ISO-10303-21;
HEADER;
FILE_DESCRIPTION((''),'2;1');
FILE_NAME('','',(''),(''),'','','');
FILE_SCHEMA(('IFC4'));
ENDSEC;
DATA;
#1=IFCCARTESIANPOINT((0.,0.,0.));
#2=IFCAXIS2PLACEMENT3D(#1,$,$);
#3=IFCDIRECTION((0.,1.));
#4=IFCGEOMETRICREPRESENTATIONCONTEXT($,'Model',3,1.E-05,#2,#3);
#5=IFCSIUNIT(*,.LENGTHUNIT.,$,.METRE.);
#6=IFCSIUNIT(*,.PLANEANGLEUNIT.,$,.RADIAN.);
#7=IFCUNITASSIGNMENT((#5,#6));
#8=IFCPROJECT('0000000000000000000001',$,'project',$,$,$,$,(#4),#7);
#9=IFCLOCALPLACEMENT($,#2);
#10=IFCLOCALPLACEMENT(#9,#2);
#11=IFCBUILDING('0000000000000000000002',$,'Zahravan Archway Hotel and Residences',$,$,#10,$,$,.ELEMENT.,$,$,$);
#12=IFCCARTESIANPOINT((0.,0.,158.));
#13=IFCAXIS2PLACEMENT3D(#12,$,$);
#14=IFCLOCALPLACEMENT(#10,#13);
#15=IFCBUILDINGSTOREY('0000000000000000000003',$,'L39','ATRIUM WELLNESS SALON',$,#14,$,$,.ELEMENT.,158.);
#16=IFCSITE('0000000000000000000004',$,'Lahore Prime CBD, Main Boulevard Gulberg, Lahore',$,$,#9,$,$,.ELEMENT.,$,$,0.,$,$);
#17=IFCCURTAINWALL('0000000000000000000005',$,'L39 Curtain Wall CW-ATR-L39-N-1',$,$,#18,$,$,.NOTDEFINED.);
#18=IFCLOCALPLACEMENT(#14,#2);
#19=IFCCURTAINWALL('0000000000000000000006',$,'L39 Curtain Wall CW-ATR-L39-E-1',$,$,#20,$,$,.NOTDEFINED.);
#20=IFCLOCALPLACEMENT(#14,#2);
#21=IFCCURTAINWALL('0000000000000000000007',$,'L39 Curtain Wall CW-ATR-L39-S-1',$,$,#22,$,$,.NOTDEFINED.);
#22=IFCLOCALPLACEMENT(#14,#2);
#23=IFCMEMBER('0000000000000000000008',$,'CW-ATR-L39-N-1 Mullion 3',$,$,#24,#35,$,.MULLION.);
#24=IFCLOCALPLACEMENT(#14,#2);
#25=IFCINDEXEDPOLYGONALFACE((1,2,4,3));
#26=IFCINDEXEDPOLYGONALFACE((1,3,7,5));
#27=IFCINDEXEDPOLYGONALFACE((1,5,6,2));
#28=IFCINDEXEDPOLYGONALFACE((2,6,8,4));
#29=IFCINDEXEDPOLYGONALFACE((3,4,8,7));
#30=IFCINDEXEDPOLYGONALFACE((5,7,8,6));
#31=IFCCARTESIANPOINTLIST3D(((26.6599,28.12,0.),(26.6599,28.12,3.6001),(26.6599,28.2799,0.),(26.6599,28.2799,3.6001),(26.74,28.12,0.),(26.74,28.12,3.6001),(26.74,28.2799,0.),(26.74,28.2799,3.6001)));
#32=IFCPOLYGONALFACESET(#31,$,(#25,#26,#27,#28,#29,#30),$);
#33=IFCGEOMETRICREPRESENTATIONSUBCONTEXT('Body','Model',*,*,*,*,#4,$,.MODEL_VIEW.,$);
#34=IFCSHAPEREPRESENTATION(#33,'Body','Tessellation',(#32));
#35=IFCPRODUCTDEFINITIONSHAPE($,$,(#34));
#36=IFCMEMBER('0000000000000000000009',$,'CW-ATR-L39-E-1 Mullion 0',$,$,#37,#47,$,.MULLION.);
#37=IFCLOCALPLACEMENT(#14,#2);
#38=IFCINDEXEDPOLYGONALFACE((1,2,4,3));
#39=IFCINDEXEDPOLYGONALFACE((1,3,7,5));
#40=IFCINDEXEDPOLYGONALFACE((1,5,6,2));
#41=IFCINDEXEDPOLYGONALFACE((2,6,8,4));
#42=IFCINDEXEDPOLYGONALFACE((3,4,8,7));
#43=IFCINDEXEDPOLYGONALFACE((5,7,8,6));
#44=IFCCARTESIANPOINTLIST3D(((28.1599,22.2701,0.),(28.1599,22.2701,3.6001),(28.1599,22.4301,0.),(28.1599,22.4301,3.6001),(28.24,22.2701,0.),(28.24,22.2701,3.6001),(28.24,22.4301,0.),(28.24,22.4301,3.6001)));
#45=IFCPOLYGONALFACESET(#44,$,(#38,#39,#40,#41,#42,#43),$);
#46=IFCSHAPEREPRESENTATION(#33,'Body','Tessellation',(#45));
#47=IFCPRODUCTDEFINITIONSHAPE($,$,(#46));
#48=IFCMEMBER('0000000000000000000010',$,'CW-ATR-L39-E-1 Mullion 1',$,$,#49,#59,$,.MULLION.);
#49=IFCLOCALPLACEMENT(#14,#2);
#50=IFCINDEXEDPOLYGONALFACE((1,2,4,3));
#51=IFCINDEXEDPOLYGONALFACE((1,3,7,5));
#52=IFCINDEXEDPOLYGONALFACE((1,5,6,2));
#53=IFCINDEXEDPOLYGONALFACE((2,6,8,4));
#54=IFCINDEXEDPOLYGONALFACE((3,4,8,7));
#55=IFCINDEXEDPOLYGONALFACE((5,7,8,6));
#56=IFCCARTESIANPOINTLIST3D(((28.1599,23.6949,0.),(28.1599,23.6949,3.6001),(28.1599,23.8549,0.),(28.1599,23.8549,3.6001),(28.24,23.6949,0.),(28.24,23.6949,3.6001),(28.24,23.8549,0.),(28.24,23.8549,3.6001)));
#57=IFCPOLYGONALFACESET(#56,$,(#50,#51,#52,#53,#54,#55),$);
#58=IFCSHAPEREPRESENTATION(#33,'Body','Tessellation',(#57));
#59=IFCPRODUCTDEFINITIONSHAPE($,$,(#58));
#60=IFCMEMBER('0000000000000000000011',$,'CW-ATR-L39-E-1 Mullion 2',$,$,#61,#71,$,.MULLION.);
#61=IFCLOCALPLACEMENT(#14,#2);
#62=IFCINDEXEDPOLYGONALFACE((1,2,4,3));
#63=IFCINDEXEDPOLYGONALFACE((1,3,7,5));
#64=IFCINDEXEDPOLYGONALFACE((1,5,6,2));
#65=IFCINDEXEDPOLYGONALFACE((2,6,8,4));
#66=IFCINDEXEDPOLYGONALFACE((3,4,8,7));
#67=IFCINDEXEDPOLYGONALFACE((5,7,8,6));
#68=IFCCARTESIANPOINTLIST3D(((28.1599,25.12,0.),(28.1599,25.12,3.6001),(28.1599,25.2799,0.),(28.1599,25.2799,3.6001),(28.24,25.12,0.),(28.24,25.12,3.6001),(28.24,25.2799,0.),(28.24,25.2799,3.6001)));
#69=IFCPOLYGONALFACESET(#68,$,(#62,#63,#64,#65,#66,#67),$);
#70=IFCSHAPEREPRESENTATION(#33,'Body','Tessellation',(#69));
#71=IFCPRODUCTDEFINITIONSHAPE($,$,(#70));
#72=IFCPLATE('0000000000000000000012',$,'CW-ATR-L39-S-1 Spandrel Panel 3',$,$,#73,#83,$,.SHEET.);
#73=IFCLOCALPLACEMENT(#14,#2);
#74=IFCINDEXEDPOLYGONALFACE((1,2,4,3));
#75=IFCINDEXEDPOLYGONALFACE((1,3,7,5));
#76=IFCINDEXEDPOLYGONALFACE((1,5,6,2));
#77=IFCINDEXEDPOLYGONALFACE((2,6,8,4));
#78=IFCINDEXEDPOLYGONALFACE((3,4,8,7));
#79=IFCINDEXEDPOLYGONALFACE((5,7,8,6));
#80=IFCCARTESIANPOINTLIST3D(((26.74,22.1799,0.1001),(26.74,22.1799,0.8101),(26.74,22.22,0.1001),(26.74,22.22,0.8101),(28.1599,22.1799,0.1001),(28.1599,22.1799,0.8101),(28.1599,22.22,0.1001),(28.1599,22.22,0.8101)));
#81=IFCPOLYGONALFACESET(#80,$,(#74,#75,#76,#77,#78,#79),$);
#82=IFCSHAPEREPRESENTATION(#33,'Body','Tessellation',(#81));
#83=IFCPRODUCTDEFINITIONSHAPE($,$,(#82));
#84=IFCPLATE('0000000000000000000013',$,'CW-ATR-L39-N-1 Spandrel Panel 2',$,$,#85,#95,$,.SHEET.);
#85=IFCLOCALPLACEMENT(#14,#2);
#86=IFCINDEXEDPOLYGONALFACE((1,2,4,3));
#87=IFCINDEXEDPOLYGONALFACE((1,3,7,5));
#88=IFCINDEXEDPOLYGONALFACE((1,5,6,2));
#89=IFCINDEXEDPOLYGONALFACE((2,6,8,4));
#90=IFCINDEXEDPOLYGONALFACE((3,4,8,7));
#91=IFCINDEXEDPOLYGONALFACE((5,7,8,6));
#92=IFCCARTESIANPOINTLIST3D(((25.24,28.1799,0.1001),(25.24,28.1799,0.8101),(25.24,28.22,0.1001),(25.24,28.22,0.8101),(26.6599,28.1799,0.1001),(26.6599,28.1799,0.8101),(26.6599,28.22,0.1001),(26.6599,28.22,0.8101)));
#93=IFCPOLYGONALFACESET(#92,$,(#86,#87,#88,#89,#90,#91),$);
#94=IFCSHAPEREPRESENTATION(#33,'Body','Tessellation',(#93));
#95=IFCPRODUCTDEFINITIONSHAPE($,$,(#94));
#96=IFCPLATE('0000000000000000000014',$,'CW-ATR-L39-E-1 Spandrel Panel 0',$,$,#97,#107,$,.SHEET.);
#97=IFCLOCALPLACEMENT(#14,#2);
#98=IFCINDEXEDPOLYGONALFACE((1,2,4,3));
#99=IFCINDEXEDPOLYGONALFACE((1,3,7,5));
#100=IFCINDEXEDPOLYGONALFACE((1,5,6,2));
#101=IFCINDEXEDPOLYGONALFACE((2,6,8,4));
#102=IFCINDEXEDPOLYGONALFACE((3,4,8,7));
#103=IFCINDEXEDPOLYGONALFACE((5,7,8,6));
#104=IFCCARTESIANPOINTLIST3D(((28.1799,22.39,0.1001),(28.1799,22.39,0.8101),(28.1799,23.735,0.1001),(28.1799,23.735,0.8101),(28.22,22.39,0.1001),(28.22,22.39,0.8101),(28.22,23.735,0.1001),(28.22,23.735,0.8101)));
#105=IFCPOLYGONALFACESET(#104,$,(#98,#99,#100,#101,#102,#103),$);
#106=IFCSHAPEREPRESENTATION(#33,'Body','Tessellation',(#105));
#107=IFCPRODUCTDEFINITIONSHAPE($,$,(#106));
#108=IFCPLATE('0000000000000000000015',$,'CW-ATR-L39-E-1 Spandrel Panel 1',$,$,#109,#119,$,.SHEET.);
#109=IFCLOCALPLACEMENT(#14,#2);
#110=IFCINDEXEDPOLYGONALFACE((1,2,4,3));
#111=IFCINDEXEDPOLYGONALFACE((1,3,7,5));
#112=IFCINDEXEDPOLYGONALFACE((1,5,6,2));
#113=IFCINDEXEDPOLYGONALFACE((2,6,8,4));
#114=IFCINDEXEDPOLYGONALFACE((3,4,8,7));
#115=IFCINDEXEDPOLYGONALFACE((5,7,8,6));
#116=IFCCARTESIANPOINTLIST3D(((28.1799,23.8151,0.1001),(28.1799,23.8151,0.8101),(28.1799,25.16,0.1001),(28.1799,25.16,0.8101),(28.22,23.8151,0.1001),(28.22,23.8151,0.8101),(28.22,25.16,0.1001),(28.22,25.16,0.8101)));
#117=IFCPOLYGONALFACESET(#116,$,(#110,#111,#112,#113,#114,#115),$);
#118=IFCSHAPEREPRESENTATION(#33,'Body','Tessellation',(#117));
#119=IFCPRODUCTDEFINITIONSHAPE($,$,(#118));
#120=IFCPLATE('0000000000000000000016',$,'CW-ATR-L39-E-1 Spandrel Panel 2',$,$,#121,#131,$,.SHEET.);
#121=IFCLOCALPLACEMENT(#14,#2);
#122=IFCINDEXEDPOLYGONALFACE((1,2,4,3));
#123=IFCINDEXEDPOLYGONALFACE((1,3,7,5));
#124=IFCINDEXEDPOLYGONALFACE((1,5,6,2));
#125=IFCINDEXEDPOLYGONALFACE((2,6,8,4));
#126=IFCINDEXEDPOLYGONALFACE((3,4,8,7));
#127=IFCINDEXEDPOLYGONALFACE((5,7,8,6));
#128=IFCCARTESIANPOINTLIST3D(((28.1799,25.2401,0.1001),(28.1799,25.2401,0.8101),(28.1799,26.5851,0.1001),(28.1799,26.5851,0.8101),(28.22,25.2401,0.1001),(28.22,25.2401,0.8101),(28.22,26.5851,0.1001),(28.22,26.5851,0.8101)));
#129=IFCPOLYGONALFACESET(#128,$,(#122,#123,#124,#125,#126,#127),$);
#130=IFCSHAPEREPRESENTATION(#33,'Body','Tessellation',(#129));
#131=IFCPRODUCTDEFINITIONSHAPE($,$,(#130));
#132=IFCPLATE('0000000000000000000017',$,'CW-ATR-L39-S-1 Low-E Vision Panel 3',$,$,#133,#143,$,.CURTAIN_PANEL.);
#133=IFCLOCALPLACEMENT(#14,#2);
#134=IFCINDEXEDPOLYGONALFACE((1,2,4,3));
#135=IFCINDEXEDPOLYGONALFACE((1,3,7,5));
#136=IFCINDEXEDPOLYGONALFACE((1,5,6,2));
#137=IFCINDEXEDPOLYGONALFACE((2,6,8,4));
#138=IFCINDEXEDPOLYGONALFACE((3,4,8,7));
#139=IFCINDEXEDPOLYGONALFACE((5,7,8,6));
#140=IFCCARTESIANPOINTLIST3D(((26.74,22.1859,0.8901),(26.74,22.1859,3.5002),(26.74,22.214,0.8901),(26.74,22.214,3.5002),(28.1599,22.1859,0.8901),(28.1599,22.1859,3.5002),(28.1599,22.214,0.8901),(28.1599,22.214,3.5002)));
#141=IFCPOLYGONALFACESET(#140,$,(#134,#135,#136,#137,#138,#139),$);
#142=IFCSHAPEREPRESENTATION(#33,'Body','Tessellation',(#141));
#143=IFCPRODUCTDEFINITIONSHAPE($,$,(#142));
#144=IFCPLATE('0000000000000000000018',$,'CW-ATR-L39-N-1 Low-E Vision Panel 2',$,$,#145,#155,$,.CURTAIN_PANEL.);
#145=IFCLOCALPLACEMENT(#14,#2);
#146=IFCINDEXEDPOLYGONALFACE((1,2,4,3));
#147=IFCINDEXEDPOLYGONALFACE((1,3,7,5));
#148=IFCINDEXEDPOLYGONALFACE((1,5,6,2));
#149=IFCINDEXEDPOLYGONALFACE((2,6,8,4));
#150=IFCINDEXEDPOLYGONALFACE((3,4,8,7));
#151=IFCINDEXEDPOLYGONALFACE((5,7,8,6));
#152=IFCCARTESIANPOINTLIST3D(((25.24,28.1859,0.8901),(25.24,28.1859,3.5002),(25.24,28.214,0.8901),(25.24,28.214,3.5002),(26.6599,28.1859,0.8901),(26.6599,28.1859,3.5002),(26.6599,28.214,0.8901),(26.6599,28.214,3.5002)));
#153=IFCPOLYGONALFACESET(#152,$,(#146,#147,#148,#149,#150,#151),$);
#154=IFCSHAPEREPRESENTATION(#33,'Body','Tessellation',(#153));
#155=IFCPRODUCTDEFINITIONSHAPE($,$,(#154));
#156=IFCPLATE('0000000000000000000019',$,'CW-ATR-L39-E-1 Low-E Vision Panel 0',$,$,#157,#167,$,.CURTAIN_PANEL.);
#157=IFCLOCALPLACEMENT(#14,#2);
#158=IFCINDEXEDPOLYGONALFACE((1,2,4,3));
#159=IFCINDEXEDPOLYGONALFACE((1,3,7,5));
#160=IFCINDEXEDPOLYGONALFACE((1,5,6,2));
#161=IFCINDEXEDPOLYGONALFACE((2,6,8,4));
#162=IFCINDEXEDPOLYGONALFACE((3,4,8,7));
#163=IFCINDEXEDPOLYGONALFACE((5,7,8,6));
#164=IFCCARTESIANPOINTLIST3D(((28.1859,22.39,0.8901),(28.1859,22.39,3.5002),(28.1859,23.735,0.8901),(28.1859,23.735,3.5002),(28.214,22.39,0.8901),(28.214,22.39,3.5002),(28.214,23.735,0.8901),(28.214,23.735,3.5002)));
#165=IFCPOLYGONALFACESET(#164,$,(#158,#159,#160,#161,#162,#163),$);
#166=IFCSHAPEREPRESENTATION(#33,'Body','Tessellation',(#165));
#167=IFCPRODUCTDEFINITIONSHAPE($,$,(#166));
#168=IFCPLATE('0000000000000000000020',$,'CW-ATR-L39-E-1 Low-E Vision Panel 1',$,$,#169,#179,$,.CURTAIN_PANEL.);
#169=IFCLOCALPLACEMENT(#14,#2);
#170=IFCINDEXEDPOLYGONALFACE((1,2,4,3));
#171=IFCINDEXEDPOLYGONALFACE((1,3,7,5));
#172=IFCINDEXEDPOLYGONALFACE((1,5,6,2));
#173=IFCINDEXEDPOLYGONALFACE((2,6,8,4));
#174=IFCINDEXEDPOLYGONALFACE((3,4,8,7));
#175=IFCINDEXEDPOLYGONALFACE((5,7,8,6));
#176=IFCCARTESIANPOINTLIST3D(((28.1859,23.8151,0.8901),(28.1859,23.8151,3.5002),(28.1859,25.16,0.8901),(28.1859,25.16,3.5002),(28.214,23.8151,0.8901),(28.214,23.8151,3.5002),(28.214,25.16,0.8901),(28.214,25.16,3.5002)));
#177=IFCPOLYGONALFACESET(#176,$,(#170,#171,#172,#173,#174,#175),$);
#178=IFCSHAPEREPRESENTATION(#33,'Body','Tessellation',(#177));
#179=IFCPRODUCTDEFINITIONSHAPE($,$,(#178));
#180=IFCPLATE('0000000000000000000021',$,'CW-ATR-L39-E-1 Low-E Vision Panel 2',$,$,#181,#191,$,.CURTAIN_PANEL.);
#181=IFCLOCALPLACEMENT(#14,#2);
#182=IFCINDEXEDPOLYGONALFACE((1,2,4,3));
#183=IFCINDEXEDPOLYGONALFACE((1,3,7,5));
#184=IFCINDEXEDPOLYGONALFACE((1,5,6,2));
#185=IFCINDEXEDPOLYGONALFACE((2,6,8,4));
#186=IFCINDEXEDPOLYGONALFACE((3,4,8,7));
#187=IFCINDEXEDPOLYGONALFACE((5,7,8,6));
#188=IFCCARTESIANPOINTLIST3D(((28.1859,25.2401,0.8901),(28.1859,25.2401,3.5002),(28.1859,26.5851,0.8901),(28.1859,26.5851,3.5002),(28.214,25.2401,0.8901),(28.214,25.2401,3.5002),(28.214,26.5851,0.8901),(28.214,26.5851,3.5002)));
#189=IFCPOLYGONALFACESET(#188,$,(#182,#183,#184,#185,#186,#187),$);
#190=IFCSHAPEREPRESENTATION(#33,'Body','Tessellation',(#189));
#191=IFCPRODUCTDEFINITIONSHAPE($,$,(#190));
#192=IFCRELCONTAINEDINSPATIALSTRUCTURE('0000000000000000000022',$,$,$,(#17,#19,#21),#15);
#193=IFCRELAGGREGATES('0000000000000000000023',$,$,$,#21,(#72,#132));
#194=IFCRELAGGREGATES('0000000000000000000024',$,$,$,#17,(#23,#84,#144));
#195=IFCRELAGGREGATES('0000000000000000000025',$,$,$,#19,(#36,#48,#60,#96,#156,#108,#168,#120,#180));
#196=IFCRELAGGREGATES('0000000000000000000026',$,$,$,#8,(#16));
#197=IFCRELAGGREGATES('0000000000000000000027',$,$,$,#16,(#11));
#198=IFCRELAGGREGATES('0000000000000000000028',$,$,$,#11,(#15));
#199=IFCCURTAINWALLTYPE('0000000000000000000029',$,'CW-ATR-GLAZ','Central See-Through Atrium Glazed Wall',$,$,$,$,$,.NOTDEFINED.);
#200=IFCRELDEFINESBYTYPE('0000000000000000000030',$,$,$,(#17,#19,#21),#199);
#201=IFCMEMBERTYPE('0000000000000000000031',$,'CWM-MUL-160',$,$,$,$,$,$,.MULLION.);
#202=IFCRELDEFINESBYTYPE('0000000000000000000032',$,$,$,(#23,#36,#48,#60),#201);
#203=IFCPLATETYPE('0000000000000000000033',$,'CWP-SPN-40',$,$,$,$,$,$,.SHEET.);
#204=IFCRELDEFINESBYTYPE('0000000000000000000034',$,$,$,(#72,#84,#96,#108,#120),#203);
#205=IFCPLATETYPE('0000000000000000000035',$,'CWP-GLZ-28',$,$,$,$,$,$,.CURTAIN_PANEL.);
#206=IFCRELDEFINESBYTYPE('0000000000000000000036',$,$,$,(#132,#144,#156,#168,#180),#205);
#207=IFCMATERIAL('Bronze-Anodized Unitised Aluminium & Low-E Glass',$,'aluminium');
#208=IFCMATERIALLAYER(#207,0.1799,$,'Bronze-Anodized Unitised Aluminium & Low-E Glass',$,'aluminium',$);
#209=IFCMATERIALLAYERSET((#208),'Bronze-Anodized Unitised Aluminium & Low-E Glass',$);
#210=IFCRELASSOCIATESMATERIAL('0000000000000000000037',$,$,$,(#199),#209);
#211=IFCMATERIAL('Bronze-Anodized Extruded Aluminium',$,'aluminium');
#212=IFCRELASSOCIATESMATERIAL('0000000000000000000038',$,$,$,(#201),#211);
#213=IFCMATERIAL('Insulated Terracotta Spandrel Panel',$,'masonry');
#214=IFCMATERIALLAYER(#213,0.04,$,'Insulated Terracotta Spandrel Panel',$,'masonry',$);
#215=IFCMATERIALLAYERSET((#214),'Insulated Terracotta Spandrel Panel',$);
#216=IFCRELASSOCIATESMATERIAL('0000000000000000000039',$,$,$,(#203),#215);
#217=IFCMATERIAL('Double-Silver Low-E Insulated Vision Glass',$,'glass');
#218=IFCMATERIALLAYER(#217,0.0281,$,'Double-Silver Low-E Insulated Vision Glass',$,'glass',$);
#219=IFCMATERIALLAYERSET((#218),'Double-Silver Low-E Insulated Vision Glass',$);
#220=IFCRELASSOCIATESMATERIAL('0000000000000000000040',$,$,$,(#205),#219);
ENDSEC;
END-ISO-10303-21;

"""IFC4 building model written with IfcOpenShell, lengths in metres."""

from ifc_helpers import new_model, si_unit, direction, frame, origin, origin_2d, place, context, subcontext, project, spatial, rectangle, extrude, source, transform, mapped, material, layer, layer_set, material_profile, profile_set, type_object, element, aggregate, save


model = new_model("IFC4")

# Units and contexts
model_context = context("Model", 3, precision=1e-05, world=origin(), true_north=direction((0.0, 1.0)))
body_context = subcontext(model_context, "Body", "Model", "MODEL_VIEW")
ifc_project = project(units=[si_unit("LENGTHUNIT", "METRE"), si_unit("PLANEANGLEUNIT", "RADIAN")], contexts=[model_context])

# Site, building, storey
site_placement = place(None, origin())
site = spatial("IfcSite", under=ifc_project, at=site_placement, Name="Lahore Prime CBD, Main Boulevard Gulberg, Lahore", CompositionType="ELEMENT", RefElevation=0.0)
building_placement = place(site_placement, origin())
building = spatial("IfcBuilding", under=site, at=building_placement, Name="Zahravan Archway Hotel and Residences", CompositionType="ELEMENT")
storey_placement = place(building_placement, frame((0.0, 0.0, 158.0)))
storey = spatial("IfcBuildingStorey", under=building, at=storey_placement, Name="L39", Description="ATRIUM WELLNESS SALON", CompositionType="ELEMENT", Elevation=158.0)

# Curtain walls
ifc_material_1 = material(Name="Bronze-Anodized Unitised Aluminium & Low-E Glass", Category="aluminium")
ifc_layer_1 = layer(ifc_material_1, 0.1799, Name="Bronze-Anodized Unitised Aluminium & Low-E Glass", Category="aluminium")
ifc_layer_set_1 = layer_set([ifc_layer_1], Name="Bronze-Anodized Unitised Aluminium & Low-E Glass")
curtain_wall_type = type_object("IfcCurtainWallType", Name="CW-ATR-GLAZ", Description="Central See-Through Atrium Glazed Wall", PredefinedType="NOTDEFINED", material=ifc_layer_set_1)
curtain_wall_1_placement = place(storey_placement, origin())
curtain_wall_1 = element("IfcCurtainWall", 1, at=curtain_wall_1_placement, inside=storey, type_object=curtain_wall_type, Name="L39 Curtain Wall CW-ATR-L39-N-1", PredefinedType="NOTDEFINED")
ifc_material_2 = material(Name="Bronze-Anodized Extruded Aluminium", Category="aluminium")
curtain_wall_2_placement = place(storey_placement, origin())
curtain_wall_2 = element("IfcCurtainWall", 2, at=curtain_wall_2_placement, inside=storey, type_object=curtain_wall_type, Name="L39 Curtain Wall CW-ATR-L39-E-1", PredefinedType="NOTDEFINED")

# Curtain wall
curtain_wall_3_placement = place(storey_placement, origin())
curtain_wall_3 = element("IfcCurtainWall", 3, at=curtain_wall_3_placement, inside=storey, type_object=curtain_wall_type, Name="L39 Curtain Wall CW-ATR-L39-S-1", PredefinedType="NOTDEFINED")
ifc_material_profile_1 = material_profile(ifc_material_2, rectangle(XDim=0.0801, YDim=0.1599, at=origin_2d()), Name="MUL 80x160", Category="aluminium")
ifc_profile_set_1 = profile_set([ifc_material_profile_1], Name="Bronze-Anodized Extruded Aluminium")
member_type_1 = type_object("IfcMemberType", Name="CWM-MUL-160", PredefinedType="MULLION", material=ifc_profile_set_1)
shared_shape_1 = source(origin(), body_context, "Body", "SweptSolid", [
    extrude(rectangle(XDim=0.0801, YDim=0.1599, at=origin_2d()), origin(), (0.0, 0.0, 1.0), 3.6001),
])

# Members
member_1_placement = place(storey_placement, frame((26.7, 28.2, 0.0), z_axis=(0.0, 0.0, 1.0), x_axis=(1.0, 0.0, 0.0)))
member_1 = element("IfcMember", 4, at=member_1_placement, type_object=member_type_1, Name="CW-ATR-L39-N-1 Mullion 3", PredefinedType="MULLION", context=body_context, shape_type="MappedRepresentation", body=[
    mapped(shared_shape_1, transform((0.0, 0.0, 0.0), scale=1.0)),
])
member_2_placement = place(storey_placement, frame((28.2, 22.3501, 0.0), z_axis=(0.0, 0.0, 1.0), x_axis=(1.0, 0.0, 0.0)))
member_2 = element("IfcMember", 5, at=member_2_placement, type_object=member_type_1, Name="CW-ATR-L39-E-1 Mullion 0", PredefinedType="MULLION", context=body_context, shape_type="MappedRepresentation", body=[
    mapped(shared_shape_1, transform((0.0, 0.0, 0.0), scale=1.0)),
])
member_3_placement = place(storey_placement, frame((28.2, 23.7749, 0.0), z_axis=(0.0, 0.0, 1.0), x_axis=(1.0, 0.0, 0.0)))
member_3 = element("IfcMember", 6, at=member_3_placement, type_object=member_type_1, Name="CW-ATR-L39-E-1 Mullion 1", PredefinedType="MULLION", context=body_context, shape_type="MappedRepresentation", body=[
    mapped(shared_shape_1, transform((0.0, 0.0, 0.0), scale=1.0)),
])
member_4_placement = place(storey_placement, frame((28.2, 25.2, 0.0), z_axis=(0.0, 0.0, 1.0), x_axis=(1.0, 0.0, 0.0)))
member_4 = element("IfcMember", 7, at=member_4_placement, type_object=member_type_1, Name="CW-ATR-L39-E-1 Mullion 2", PredefinedType="MULLION", context=body_context, shape_type="MappedRepresentation", body=[
    mapped(shared_shape_1, transform((0.0, 0.0, 0.0), scale=1.0)),
])

# Plates
ifc_material_3 = material(Name="Insulated Terracotta Spandrel Panel", Category="masonry")
ifc_layer_2 = layer(ifc_material_3, 0.04, Name="Insulated Terracotta Spandrel Panel", Category="masonry")
ifc_layer_set_2 = layer_set([ifc_layer_2], Name="Insulated Terracotta Spandrel Panel")
plate_type_1 = type_object("IfcPlateType", Name="CWP-SPN-40", PredefinedType="SHEET", material=ifc_layer_set_2)
shared_shape_2 = source(origin(), body_context, "Body", "SweptSolid", [
    extrude(rectangle(XDim=1.4199, YDim=0.04, at=origin_2d()), origin(), (0.0, 0.0, 1.0), 0.71),
])
plate_1_placement = place(storey_placement, frame((27.45, 22.2, 0.1001), z_axis=(0.0, 0.0, 1.0), x_axis=(1.0, 0.0, 0.0)))
plate_1 = element("IfcPlate", 8, at=plate_1_placement, type_object=plate_type_1, Name="CW-ATR-L39-S-1 Spandrel Panel 3", PredefinedType="SHEET", context=body_context, shape_type="MappedRepresentation", body=[
    mapped(shared_shape_2, transform((0.0, 0.0, 0.0), scale=1.0)),
])
plate_2_placement = place(storey_placement, frame((25.95, 28.2, 0.1001), z_axis=(0.0, 0.0, 1.0), x_axis=(1.0, 0.0, 0.0)))
plate_2 = element("IfcPlate", 9, at=plate_2_placement, type_object=plate_type_1, Name="CW-ATR-L39-N-1 Spandrel Panel 2", PredefinedType="SHEET", context=body_context, shape_type="MappedRepresentation", body=[
    mapped(shared_shape_2, transform((0.0, 0.0, 0.0), scale=1.0)),
])
shared_shape_3 = source(origin(), body_context, "Body", "SweptSolid", [
    extrude(rectangle(XDim=1.345, YDim=0.04, at=origin_2d()), origin(), (0.0, 0.0, 1.0), 0.71),
])
plate_3_placement = place(storey_placement, frame((28.2, 23.0625, 0.1001), z_axis=(0.0, 0.0, 1.0), x_axis=(0.0, 1.0, 0.0)))
plate_3 = element("IfcPlate", 10, at=plate_3_placement, type_object=plate_type_1, Name="CW-ATR-L39-E-1 Spandrel Panel 0", PredefinedType="SHEET", context=body_context, shape_type="MappedRepresentation", body=[
    mapped(shared_shape_3, transform((0.0, 0.0, 0.0), scale=1.0)),
])
plate_4_placement = place(storey_placement, frame((28.2, 24.4875, 0.1001), z_axis=(0.0, 0.0, 1.0), x_axis=(0.0, 1.0, 0.0)))
plate_4 = element("IfcPlate", 11, at=plate_4_placement, type_object=plate_type_1, Name="CW-ATR-L39-E-1 Spandrel Panel 1", PredefinedType="SHEET", context=body_context, shape_type="MappedRepresentation", body=[
    mapped(shared_shape_3, transform((0.0, 0.0, 0.0), scale=1.0)),
])
plate_5_placement = place(storey_placement, frame((28.2, 25.9126, 0.1001), z_axis=(0.0, 0.0, 1.0), x_axis=(0.0, 1.0, 0.0)))
plate_5 = element("IfcPlate", 12, at=plate_5_placement, type_object=plate_type_1, Name="CW-ATR-L39-E-1 Spandrel Panel 2", PredefinedType="SHEET", context=body_context, shape_type="MappedRepresentation", body=[
    mapped(shared_shape_3, transform((0.0, 0.0, 0.0), scale=1.0)),
])
ifc_material_4 = material(Name="Double-Silver Low-E Insulated Vision Glass", Category="glass")
ifc_layer_3 = layer(ifc_material_4, 0.0281, Name="Double-Silver Low-E Insulated Vision Glass", Category="glass")
ifc_layer_set_3 = layer_set([ifc_layer_3], Name="Double-Silver Low-E Insulated Vision Glass")
plate_type_2 = type_object("IfcPlateType", Name="CWP-GLZ-28", PredefinedType="CURTAIN_PANEL", material=ifc_layer_set_3)
shared_shape_4 = source(origin(), body_context, "Body", "SweptSolid", [
    extrude(rectangle(XDim=1.4199, YDim=0.0281, at=origin_2d()), origin(), (0.0, 0.0, 1.0), 2.6101),
])
plate_6_placement = place(storey_placement, frame((27.45, 22.2, 0.8901), z_axis=(0.0, 0.0, 1.0), x_axis=(1.0, 0.0, 0.0)))
plate_6 = element("IfcPlate", 13, at=plate_6_placement, type_object=plate_type_2, Name="CW-ATR-L39-S-1 Low-E Vision Panel 3", PredefinedType="CURTAIN_PANEL", context=body_context, shape_type="MappedRepresentation", body=[
    mapped(shared_shape_4, transform((0.0, 0.0, 0.0), scale=1.0)),
])
aggregate(curtain_wall_3, [plate_1, plate_6])
plate_7_placement = place(storey_placement, frame((25.95, 28.2, 0.8901), z_axis=(0.0, 0.0, 1.0), x_axis=(1.0, 0.0, 0.0)))
plate_7 = element("IfcPlate", 14, at=plate_7_placement, type_object=plate_type_2, Name="CW-ATR-L39-N-1 Low-E Vision Panel 2", PredefinedType="CURTAIN_PANEL", context=body_context, shape_type="MappedRepresentation", body=[
    mapped(shared_shape_4, transform((0.0, 0.0, 0.0), scale=1.0)),
])
aggregate(curtain_wall_1, [member_1, plate_2, plate_7])
shared_shape_5 = source(origin(), body_context, "Body", "SweptSolid", [
    extrude(rectangle(XDim=1.345, YDim=0.0281, at=origin_2d()), origin(), (0.0, 0.0, 1.0), 2.6101),
])
plate_8_placement = place(storey_placement, frame((28.2, 23.0625, 0.8901), z_axis=(0.0, 0.0, 1.0), x_axis=(0.0, 1.0, 0.0)))
plate_8 = element("IfcPlate", 15, at=plate_8_placement, type_object=plate_type_2, Name="CW-ATR-L39-E-1 Low-E Vision Panel 0", PredefinedType="CURTAIN_PANEL", context=body_context, shape_type="MappedRepresentation", body=[
    mapped(shared_shape_5, transform((0.0, 0.0, 0.0), scale=1.0)),
])
plate_9_placement = place(storey_placement, frame((28.2, 24.4875, 0.8901), z_axis=(0.0, 0.0, 1.0), x_axis=(0.0, 1.0, 0.0)))
plate_9 = element("IfcPlate", 16, at=plate_9_placement, type_object=plate_type_2, Name="CW-ATR-L39-E-1 Low-E Vision Panel 1", PredefinedType="CURTAIN_PANEL", context=body_context, shape_type="MappedRepresentation", body=[
    mapped(shared_shape_5, transform((0.0, 0.0, 0.0), scale=1.0)),
])
plate_10_placement = place(storey_placement, frame((28.2, 25.9126, 0.8901), z_axis=(0.0, 0.0, 1.0), x_axis=(0.0, 1.0, 0.0)))
plate_10 = element("IfcPlate", 17, at=plate_10_placement, type_object=plate_type_2, Name="CW-ATR-L39-E-1 Low-E Vision Panel 2", PredefinedType="CURTAIN_PANEL", context=body_context, shape_type="MappedRepresentation", body=[
    mapped(shared_shape_5, transform((0.0, 0.0, 0.0), scale=1.0)),
])
aggregate(curtain_wall_2, [member_2, member_3, member_4, plate_3, plate_8, plate_4, plate_9, plate_5, plate_10])

save(model, "model.ifc")
